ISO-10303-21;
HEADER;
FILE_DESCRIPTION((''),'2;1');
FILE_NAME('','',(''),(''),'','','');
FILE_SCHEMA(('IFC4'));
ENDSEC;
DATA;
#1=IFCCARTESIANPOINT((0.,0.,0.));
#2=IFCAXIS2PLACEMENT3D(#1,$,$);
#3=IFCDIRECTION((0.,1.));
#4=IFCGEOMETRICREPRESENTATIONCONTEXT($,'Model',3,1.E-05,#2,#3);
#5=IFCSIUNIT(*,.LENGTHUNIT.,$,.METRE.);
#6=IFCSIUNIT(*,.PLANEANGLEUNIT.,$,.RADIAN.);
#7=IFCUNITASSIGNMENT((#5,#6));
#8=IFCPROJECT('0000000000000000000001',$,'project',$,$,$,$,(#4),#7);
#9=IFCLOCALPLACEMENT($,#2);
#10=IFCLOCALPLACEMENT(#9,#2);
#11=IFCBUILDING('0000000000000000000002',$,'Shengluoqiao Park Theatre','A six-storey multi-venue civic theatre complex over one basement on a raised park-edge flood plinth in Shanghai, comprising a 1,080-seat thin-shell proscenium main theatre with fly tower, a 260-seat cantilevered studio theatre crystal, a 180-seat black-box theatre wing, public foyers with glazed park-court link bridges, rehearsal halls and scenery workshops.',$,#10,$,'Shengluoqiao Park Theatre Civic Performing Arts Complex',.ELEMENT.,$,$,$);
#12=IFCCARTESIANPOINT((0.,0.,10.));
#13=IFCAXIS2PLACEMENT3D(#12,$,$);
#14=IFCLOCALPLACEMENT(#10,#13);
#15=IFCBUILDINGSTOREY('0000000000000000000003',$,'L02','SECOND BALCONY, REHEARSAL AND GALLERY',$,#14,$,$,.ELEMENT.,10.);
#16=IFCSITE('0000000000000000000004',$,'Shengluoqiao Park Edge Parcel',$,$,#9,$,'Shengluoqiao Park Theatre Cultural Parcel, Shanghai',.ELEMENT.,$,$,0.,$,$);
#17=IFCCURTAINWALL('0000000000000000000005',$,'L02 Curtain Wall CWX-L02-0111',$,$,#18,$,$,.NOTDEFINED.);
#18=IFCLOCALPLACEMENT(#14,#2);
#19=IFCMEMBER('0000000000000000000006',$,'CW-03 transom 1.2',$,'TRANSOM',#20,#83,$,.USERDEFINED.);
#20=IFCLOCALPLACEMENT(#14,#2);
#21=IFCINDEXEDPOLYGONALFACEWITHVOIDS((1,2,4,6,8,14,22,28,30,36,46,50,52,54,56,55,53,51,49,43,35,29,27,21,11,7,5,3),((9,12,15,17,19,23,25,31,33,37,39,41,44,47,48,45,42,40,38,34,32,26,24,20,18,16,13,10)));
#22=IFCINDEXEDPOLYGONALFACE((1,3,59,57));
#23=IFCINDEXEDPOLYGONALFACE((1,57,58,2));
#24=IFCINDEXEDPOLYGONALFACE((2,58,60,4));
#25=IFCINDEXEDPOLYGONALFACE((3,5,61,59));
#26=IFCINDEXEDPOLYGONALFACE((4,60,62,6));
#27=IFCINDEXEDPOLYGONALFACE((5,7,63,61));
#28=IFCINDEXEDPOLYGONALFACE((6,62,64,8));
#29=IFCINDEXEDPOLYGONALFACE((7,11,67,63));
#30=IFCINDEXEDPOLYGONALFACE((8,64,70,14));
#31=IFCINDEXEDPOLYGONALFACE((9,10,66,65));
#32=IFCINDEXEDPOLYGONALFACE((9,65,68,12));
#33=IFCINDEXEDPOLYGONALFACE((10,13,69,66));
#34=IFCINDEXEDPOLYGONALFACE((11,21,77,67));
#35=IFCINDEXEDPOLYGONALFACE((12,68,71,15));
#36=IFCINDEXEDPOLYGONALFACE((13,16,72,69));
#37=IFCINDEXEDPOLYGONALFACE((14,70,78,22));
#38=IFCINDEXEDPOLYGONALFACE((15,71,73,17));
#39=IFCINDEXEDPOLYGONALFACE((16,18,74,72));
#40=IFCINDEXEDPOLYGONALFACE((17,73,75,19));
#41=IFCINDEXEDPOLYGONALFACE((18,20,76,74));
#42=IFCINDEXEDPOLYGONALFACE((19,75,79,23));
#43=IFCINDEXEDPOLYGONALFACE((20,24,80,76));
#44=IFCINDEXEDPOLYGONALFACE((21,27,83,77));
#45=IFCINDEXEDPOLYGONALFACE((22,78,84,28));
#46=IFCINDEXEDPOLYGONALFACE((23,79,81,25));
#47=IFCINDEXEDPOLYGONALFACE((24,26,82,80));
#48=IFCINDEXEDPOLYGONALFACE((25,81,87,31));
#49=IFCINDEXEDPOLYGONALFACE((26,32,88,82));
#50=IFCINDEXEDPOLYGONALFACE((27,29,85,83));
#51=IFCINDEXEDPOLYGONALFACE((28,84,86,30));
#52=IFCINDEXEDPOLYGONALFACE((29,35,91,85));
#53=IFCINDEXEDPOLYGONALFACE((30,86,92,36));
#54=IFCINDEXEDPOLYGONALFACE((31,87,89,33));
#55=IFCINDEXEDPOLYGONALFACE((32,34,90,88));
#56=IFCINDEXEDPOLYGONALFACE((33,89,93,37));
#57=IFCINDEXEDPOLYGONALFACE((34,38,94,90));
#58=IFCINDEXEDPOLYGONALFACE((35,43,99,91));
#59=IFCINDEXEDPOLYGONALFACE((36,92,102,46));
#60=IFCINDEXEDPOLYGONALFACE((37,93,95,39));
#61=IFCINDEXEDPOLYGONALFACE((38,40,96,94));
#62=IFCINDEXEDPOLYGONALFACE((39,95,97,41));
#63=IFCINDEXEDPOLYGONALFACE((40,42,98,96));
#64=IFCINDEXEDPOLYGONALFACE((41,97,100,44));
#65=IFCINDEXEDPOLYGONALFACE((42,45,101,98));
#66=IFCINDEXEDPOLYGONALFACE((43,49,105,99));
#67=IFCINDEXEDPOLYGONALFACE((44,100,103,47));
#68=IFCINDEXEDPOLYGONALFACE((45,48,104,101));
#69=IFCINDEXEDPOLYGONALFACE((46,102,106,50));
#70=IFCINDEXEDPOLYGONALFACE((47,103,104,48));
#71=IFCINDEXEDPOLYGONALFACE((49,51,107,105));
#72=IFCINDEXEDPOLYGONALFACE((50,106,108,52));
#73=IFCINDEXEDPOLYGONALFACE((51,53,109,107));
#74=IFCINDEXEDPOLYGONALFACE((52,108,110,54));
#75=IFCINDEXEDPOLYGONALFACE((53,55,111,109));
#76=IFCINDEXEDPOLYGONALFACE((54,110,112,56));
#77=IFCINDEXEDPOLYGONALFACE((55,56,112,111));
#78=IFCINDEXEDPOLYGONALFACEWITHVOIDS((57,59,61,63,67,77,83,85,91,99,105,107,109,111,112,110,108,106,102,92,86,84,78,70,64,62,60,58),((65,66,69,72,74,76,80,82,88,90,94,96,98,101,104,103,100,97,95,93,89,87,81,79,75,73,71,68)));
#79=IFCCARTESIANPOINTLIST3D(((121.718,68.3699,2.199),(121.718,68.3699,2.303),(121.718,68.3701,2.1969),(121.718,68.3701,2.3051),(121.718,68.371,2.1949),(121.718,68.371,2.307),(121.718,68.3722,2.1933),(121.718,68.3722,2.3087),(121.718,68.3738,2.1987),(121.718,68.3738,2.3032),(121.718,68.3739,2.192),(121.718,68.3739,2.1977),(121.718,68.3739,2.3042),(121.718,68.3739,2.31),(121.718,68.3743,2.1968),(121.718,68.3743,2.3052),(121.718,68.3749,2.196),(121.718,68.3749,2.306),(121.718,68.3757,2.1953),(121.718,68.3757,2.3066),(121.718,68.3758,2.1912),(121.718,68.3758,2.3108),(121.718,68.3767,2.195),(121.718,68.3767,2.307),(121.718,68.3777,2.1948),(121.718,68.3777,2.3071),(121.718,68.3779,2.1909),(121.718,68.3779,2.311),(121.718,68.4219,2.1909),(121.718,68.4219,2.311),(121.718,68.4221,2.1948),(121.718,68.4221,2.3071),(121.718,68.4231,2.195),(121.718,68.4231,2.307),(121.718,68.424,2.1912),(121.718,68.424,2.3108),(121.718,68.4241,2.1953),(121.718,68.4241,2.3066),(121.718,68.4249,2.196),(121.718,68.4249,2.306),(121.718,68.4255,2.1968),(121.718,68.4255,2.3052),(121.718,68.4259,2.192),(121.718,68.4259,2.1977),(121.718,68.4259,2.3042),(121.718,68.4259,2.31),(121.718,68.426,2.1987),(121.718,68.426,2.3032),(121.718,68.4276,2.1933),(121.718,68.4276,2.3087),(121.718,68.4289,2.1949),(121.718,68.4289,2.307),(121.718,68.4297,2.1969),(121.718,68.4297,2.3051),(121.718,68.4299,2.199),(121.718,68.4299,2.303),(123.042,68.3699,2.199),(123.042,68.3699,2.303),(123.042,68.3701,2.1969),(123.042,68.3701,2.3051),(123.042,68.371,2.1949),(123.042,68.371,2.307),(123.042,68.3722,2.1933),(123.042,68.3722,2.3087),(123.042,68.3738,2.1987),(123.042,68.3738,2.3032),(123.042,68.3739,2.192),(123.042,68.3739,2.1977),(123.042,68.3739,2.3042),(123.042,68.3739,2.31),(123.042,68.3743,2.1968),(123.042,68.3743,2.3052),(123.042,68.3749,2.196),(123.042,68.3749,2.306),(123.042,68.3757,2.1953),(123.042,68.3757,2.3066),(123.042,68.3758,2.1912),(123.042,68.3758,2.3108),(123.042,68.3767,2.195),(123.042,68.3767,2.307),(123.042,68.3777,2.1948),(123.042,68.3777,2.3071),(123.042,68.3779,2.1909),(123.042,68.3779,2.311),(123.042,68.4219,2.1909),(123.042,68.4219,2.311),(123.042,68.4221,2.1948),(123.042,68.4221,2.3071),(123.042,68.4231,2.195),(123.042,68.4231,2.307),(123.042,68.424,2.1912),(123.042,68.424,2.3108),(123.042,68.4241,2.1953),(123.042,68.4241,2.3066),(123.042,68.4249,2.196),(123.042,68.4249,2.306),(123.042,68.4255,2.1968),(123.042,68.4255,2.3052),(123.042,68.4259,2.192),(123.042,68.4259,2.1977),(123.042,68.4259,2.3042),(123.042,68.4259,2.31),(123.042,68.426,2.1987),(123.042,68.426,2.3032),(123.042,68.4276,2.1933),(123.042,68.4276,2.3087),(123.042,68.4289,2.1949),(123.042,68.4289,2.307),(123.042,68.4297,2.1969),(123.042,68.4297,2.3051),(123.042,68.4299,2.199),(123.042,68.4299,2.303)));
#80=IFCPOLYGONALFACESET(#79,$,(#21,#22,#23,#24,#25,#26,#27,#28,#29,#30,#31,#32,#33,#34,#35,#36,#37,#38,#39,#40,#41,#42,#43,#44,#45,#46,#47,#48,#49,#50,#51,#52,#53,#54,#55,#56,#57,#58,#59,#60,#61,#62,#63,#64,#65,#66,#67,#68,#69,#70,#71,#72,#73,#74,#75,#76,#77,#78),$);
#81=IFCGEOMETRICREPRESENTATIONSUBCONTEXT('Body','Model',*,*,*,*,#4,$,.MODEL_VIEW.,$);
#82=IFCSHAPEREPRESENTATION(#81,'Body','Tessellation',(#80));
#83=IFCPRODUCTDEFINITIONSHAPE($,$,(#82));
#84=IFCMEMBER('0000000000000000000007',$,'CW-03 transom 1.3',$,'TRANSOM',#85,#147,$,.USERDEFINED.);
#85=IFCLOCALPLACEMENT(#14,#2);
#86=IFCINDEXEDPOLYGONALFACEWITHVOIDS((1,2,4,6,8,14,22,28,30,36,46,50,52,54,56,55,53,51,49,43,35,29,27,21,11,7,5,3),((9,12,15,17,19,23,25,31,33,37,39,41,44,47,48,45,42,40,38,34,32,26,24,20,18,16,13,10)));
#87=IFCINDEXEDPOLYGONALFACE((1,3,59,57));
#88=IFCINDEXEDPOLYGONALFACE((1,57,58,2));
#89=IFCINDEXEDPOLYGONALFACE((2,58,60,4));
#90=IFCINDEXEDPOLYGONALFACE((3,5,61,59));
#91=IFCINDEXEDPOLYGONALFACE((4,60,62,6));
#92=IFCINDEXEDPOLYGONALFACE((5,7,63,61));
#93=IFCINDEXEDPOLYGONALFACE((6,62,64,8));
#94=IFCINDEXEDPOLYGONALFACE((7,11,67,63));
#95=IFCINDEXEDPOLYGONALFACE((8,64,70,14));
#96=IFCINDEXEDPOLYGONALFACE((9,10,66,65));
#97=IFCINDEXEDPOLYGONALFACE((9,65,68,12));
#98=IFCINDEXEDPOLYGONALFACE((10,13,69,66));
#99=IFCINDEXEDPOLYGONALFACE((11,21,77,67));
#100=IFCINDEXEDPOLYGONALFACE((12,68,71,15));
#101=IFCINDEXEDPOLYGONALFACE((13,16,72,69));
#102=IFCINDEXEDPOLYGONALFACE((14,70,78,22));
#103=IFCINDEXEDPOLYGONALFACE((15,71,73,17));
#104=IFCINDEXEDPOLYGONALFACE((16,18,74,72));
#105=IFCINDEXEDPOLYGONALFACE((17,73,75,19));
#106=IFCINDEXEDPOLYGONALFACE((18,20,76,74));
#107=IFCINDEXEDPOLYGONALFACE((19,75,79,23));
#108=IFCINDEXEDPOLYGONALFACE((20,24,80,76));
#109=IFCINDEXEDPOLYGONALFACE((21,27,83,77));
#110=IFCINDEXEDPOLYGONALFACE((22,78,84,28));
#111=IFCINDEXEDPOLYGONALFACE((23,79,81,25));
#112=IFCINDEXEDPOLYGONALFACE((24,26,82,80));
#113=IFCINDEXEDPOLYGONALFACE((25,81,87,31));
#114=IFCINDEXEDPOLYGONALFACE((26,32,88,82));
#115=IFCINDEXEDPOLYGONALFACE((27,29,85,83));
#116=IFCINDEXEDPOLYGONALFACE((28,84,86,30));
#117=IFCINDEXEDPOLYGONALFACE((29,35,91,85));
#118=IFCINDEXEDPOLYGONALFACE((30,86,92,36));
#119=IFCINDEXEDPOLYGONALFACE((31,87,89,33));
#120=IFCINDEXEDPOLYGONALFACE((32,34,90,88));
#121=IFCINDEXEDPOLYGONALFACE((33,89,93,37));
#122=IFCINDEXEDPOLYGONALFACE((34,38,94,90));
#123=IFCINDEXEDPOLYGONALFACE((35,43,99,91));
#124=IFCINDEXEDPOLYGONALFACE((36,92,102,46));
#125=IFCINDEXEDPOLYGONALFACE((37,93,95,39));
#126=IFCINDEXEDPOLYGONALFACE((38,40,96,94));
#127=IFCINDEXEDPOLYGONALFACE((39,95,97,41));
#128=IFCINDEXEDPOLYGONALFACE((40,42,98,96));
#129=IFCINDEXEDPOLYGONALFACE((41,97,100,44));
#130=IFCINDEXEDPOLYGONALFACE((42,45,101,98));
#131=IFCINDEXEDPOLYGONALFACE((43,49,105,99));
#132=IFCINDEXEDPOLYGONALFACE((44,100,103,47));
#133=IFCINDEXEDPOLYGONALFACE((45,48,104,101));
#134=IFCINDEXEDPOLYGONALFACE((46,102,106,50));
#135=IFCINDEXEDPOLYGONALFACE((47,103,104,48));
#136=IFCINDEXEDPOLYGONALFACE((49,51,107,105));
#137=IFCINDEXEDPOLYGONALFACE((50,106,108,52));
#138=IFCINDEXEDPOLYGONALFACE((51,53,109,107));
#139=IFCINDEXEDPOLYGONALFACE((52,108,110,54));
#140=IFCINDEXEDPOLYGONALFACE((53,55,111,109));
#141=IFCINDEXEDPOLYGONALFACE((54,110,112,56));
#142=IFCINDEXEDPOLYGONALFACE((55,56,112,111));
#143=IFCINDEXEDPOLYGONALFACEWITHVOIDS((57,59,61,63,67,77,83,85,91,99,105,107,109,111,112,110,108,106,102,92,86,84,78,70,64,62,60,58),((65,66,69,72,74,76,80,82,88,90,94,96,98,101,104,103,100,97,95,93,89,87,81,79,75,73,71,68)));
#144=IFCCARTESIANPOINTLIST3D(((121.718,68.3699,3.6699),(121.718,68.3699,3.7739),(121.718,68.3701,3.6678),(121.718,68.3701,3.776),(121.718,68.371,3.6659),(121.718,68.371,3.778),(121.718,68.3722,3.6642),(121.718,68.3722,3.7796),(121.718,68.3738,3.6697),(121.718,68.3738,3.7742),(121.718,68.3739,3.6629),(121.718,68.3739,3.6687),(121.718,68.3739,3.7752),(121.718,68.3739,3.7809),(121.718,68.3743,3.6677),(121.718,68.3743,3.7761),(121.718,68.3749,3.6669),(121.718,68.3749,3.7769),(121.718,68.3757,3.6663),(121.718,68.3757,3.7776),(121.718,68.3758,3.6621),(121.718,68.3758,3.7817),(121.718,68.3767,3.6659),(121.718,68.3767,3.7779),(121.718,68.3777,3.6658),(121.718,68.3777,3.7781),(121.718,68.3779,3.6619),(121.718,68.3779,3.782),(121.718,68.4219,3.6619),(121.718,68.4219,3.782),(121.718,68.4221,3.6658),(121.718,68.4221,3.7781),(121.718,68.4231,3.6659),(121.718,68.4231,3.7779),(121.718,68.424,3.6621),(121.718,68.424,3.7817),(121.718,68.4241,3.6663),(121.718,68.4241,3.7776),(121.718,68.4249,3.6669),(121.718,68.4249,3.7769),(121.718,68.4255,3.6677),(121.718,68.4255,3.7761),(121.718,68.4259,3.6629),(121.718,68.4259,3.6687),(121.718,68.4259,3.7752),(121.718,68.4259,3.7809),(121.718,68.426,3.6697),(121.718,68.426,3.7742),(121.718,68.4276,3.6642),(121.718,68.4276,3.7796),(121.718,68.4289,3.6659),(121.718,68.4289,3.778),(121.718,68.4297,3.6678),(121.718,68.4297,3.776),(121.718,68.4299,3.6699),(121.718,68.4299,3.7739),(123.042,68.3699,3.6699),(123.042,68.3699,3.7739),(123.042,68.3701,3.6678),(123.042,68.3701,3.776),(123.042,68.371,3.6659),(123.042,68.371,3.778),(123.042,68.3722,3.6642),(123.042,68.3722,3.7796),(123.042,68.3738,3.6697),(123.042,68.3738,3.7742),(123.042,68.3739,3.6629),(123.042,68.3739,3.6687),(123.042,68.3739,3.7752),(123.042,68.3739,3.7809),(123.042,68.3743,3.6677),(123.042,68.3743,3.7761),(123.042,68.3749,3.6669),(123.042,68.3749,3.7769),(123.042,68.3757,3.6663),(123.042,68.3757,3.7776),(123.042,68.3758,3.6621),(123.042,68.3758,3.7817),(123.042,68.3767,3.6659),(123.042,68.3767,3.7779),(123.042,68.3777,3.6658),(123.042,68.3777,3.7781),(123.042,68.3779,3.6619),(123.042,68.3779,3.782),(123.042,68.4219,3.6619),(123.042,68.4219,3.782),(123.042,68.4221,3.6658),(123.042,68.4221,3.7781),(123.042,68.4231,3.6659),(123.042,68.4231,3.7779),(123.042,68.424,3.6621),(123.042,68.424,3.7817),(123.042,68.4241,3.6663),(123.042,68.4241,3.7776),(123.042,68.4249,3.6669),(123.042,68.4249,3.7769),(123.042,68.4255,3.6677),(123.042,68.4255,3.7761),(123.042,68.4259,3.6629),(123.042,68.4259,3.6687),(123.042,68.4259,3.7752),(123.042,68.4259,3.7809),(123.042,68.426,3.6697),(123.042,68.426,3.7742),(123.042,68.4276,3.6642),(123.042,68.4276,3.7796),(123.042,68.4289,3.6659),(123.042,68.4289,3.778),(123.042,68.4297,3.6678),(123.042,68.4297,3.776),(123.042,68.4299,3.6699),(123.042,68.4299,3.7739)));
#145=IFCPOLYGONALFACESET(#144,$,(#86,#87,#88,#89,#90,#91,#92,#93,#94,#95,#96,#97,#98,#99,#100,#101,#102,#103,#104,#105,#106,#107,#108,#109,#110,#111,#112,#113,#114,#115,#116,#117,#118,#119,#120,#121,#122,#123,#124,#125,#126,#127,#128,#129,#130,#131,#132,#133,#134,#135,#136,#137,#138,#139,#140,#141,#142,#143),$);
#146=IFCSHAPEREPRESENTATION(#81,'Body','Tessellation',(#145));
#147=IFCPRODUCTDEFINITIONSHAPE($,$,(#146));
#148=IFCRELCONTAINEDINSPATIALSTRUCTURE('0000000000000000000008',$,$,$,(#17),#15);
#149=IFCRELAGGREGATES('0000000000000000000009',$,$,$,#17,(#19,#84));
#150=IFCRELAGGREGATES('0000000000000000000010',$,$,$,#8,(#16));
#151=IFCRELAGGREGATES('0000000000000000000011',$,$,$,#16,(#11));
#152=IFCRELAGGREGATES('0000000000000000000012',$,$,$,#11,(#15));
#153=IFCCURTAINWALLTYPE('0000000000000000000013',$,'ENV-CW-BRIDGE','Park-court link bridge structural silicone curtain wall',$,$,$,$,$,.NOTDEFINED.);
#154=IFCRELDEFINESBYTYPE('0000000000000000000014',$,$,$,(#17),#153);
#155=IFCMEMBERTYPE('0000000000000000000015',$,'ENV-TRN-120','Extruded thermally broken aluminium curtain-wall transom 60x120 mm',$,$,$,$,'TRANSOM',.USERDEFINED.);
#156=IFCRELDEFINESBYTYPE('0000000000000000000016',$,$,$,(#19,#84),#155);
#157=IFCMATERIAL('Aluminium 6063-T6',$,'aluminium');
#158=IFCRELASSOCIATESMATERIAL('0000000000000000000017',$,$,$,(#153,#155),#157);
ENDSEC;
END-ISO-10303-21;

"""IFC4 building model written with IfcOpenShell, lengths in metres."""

from ifc_helpers import new_model, si_unit, direction, frame, origin, origin_2d, place, context, subcontext, project, spatial, hollow_rectangle, extrude, material, material_profile, profile_set, type_object, element, aggregate, save


model = new_model("IFC4")

# Units and contexts
model_context = context("Model", 3, precision=1e-05, world=origin(), true_north=direction((0.0, 1.0)))
body_context = subcontext(model_context, "Body", "Model", "MODEL_VIEW")
ifc_project = project(units=[si_unit("LENGTHUNIT", "METRE"), si_unit("PLANEANGLEUNIT", "RADIAN")], contexts=[model_context])

# Site, building, storey
site_placement = place(None, origin())
site = spatial("IfcSite", under=ifc_project, at=site_placement, Name="Shengluoqiao Park Edge Parcel", LongName="Shengluoqiao Park Theatre Cultural Parcel, Shanghai", CompositionType="ELEMENT", RefElevation=0.0)
building_placement = place(site_placement, origin())
building = spatial("IfcBuilding", under=site, at=building_placement, Name="Shengluoqiao Park Theatre", Description="A six-storey multi-venue civic theatre complex over one basement on a raised park-edge flood plinth in Shanghai, comprising a 1,080-seat thin-shell proscenium main theatre with fly tower, a 260-seat cantilevered studio theatre crystal, a 180-seat black-box theatre wing, public foyers with glazed park-court link bridges, rehearsal halls and scenery workshops.", LongName="Shengluoqiao Park Theatre Civic Performing Arts Complex", CompositionType="ELEMENT")
storey_placement = place(building_placement, frame((0.0, 0.0, 10.0)))
storey = spatial("IfcBuildingStorey", under=building, at=storey_placement, Name="L02", Description="SECOND BALCONY, REHEARSAL AND GALLERY", CompositionType="ELEMENT", Elevation=10.0)

# Curtain wall
ifc_material_1 = material(Name="Aluminium 6063-T6", Category="aluminium")
curtain_wall_type = type_object("IfcCurtainWallType", Name="ENV-CW-BRIDGE", Description="Park-court link bridge structural silicone curtain wall", PredefinedType="NOTDEFINED", material=ifc_material_1)
curtain_wall_1_placement = place(storey_placement, origin())
curtain_wall_1 = element("IfcCurtainWall", 1, at=curtain_wall_1_placement, inside=storey, type_object=curtain_wall_type, Name="L02 Curtain Wall CWX-L02-0111", PredefinedType="NOTDEFINED")

# Members
ifc_material_profile_1 = material_profile(ifc_material_1, hollow_rectangle(XDim=0.0601, YDim=0.1201, WallThickness=0.0039, InnerFilletRadius=0.0039, OuterFilletRadius=0.0081, at=origin_2d()), Name="ALU TRANSOM 120x60x4")
ifc_profile_set_1 = profile_set([ifc_material_profile_1], Name="Aluminium 6063-T6")
member_type_1 = type_object("IfcMemberType", Name="ENV-TRN-120", Description="Extruded thermally broken aluminium curtain-wall transom 60x120 mm", ElementType="TRANSOM", PredefinedType="USERDEFINED", material=ifc_profile_set_1)
member_1_placement = place(storey_placement, frame((121.718, 68.3999, 2.251), z_axis=(1.0, 0.0, 0.0), x_axis=(0.0, 1.0, 0.0)))
member_1 = element("IfcMember", 2, at=member_1_placement, type_object=member_type_1, Name="CW-03 transom 1.2", ObjectType="TRANSOM", PredefinedType="USERDEFINED", context=body_context, shape_type="SweptSolid", body=[
    extrude(hollow_rectangle(XDim=0.0601, YDim=0.1201, WallThickness=0.0039, InnerFilletRadius=0.0039, OuterFilletRadius=0.0081, at=origin_2d()), origin(), (0.0, 0.0, 1.0), 1.324),
])
member_2_placement = place(storey_placement, frame((121.718, 68.3999, 3.7219), z_axis=(1.0, 0.0, 0.0), x_axis=(0.0, 1.0, 0.0)))
member_2 = element("IfcMember", 3, at=member_2_placement, type_object=member_type_1, Name="CW-03 transom 1.3", ObjectType="TRANSOM", PredefinedType="USERDEFINED", context=body_context, shape_type="SweptSolid", body=[
    extrude(hollow_rectangle(XDim=0.0601, YDim=0.1201, WallThickness=0.0039, InnerFilletRadius=0.0039, OuterFilletRadius=0.0081, at=origin_2d()), origin(), (0.0, 0.0, 1.0), 1.324),
])

aggregate(curtain_wall_1, [member_1, member_2])

save(model, "model.ifc")
